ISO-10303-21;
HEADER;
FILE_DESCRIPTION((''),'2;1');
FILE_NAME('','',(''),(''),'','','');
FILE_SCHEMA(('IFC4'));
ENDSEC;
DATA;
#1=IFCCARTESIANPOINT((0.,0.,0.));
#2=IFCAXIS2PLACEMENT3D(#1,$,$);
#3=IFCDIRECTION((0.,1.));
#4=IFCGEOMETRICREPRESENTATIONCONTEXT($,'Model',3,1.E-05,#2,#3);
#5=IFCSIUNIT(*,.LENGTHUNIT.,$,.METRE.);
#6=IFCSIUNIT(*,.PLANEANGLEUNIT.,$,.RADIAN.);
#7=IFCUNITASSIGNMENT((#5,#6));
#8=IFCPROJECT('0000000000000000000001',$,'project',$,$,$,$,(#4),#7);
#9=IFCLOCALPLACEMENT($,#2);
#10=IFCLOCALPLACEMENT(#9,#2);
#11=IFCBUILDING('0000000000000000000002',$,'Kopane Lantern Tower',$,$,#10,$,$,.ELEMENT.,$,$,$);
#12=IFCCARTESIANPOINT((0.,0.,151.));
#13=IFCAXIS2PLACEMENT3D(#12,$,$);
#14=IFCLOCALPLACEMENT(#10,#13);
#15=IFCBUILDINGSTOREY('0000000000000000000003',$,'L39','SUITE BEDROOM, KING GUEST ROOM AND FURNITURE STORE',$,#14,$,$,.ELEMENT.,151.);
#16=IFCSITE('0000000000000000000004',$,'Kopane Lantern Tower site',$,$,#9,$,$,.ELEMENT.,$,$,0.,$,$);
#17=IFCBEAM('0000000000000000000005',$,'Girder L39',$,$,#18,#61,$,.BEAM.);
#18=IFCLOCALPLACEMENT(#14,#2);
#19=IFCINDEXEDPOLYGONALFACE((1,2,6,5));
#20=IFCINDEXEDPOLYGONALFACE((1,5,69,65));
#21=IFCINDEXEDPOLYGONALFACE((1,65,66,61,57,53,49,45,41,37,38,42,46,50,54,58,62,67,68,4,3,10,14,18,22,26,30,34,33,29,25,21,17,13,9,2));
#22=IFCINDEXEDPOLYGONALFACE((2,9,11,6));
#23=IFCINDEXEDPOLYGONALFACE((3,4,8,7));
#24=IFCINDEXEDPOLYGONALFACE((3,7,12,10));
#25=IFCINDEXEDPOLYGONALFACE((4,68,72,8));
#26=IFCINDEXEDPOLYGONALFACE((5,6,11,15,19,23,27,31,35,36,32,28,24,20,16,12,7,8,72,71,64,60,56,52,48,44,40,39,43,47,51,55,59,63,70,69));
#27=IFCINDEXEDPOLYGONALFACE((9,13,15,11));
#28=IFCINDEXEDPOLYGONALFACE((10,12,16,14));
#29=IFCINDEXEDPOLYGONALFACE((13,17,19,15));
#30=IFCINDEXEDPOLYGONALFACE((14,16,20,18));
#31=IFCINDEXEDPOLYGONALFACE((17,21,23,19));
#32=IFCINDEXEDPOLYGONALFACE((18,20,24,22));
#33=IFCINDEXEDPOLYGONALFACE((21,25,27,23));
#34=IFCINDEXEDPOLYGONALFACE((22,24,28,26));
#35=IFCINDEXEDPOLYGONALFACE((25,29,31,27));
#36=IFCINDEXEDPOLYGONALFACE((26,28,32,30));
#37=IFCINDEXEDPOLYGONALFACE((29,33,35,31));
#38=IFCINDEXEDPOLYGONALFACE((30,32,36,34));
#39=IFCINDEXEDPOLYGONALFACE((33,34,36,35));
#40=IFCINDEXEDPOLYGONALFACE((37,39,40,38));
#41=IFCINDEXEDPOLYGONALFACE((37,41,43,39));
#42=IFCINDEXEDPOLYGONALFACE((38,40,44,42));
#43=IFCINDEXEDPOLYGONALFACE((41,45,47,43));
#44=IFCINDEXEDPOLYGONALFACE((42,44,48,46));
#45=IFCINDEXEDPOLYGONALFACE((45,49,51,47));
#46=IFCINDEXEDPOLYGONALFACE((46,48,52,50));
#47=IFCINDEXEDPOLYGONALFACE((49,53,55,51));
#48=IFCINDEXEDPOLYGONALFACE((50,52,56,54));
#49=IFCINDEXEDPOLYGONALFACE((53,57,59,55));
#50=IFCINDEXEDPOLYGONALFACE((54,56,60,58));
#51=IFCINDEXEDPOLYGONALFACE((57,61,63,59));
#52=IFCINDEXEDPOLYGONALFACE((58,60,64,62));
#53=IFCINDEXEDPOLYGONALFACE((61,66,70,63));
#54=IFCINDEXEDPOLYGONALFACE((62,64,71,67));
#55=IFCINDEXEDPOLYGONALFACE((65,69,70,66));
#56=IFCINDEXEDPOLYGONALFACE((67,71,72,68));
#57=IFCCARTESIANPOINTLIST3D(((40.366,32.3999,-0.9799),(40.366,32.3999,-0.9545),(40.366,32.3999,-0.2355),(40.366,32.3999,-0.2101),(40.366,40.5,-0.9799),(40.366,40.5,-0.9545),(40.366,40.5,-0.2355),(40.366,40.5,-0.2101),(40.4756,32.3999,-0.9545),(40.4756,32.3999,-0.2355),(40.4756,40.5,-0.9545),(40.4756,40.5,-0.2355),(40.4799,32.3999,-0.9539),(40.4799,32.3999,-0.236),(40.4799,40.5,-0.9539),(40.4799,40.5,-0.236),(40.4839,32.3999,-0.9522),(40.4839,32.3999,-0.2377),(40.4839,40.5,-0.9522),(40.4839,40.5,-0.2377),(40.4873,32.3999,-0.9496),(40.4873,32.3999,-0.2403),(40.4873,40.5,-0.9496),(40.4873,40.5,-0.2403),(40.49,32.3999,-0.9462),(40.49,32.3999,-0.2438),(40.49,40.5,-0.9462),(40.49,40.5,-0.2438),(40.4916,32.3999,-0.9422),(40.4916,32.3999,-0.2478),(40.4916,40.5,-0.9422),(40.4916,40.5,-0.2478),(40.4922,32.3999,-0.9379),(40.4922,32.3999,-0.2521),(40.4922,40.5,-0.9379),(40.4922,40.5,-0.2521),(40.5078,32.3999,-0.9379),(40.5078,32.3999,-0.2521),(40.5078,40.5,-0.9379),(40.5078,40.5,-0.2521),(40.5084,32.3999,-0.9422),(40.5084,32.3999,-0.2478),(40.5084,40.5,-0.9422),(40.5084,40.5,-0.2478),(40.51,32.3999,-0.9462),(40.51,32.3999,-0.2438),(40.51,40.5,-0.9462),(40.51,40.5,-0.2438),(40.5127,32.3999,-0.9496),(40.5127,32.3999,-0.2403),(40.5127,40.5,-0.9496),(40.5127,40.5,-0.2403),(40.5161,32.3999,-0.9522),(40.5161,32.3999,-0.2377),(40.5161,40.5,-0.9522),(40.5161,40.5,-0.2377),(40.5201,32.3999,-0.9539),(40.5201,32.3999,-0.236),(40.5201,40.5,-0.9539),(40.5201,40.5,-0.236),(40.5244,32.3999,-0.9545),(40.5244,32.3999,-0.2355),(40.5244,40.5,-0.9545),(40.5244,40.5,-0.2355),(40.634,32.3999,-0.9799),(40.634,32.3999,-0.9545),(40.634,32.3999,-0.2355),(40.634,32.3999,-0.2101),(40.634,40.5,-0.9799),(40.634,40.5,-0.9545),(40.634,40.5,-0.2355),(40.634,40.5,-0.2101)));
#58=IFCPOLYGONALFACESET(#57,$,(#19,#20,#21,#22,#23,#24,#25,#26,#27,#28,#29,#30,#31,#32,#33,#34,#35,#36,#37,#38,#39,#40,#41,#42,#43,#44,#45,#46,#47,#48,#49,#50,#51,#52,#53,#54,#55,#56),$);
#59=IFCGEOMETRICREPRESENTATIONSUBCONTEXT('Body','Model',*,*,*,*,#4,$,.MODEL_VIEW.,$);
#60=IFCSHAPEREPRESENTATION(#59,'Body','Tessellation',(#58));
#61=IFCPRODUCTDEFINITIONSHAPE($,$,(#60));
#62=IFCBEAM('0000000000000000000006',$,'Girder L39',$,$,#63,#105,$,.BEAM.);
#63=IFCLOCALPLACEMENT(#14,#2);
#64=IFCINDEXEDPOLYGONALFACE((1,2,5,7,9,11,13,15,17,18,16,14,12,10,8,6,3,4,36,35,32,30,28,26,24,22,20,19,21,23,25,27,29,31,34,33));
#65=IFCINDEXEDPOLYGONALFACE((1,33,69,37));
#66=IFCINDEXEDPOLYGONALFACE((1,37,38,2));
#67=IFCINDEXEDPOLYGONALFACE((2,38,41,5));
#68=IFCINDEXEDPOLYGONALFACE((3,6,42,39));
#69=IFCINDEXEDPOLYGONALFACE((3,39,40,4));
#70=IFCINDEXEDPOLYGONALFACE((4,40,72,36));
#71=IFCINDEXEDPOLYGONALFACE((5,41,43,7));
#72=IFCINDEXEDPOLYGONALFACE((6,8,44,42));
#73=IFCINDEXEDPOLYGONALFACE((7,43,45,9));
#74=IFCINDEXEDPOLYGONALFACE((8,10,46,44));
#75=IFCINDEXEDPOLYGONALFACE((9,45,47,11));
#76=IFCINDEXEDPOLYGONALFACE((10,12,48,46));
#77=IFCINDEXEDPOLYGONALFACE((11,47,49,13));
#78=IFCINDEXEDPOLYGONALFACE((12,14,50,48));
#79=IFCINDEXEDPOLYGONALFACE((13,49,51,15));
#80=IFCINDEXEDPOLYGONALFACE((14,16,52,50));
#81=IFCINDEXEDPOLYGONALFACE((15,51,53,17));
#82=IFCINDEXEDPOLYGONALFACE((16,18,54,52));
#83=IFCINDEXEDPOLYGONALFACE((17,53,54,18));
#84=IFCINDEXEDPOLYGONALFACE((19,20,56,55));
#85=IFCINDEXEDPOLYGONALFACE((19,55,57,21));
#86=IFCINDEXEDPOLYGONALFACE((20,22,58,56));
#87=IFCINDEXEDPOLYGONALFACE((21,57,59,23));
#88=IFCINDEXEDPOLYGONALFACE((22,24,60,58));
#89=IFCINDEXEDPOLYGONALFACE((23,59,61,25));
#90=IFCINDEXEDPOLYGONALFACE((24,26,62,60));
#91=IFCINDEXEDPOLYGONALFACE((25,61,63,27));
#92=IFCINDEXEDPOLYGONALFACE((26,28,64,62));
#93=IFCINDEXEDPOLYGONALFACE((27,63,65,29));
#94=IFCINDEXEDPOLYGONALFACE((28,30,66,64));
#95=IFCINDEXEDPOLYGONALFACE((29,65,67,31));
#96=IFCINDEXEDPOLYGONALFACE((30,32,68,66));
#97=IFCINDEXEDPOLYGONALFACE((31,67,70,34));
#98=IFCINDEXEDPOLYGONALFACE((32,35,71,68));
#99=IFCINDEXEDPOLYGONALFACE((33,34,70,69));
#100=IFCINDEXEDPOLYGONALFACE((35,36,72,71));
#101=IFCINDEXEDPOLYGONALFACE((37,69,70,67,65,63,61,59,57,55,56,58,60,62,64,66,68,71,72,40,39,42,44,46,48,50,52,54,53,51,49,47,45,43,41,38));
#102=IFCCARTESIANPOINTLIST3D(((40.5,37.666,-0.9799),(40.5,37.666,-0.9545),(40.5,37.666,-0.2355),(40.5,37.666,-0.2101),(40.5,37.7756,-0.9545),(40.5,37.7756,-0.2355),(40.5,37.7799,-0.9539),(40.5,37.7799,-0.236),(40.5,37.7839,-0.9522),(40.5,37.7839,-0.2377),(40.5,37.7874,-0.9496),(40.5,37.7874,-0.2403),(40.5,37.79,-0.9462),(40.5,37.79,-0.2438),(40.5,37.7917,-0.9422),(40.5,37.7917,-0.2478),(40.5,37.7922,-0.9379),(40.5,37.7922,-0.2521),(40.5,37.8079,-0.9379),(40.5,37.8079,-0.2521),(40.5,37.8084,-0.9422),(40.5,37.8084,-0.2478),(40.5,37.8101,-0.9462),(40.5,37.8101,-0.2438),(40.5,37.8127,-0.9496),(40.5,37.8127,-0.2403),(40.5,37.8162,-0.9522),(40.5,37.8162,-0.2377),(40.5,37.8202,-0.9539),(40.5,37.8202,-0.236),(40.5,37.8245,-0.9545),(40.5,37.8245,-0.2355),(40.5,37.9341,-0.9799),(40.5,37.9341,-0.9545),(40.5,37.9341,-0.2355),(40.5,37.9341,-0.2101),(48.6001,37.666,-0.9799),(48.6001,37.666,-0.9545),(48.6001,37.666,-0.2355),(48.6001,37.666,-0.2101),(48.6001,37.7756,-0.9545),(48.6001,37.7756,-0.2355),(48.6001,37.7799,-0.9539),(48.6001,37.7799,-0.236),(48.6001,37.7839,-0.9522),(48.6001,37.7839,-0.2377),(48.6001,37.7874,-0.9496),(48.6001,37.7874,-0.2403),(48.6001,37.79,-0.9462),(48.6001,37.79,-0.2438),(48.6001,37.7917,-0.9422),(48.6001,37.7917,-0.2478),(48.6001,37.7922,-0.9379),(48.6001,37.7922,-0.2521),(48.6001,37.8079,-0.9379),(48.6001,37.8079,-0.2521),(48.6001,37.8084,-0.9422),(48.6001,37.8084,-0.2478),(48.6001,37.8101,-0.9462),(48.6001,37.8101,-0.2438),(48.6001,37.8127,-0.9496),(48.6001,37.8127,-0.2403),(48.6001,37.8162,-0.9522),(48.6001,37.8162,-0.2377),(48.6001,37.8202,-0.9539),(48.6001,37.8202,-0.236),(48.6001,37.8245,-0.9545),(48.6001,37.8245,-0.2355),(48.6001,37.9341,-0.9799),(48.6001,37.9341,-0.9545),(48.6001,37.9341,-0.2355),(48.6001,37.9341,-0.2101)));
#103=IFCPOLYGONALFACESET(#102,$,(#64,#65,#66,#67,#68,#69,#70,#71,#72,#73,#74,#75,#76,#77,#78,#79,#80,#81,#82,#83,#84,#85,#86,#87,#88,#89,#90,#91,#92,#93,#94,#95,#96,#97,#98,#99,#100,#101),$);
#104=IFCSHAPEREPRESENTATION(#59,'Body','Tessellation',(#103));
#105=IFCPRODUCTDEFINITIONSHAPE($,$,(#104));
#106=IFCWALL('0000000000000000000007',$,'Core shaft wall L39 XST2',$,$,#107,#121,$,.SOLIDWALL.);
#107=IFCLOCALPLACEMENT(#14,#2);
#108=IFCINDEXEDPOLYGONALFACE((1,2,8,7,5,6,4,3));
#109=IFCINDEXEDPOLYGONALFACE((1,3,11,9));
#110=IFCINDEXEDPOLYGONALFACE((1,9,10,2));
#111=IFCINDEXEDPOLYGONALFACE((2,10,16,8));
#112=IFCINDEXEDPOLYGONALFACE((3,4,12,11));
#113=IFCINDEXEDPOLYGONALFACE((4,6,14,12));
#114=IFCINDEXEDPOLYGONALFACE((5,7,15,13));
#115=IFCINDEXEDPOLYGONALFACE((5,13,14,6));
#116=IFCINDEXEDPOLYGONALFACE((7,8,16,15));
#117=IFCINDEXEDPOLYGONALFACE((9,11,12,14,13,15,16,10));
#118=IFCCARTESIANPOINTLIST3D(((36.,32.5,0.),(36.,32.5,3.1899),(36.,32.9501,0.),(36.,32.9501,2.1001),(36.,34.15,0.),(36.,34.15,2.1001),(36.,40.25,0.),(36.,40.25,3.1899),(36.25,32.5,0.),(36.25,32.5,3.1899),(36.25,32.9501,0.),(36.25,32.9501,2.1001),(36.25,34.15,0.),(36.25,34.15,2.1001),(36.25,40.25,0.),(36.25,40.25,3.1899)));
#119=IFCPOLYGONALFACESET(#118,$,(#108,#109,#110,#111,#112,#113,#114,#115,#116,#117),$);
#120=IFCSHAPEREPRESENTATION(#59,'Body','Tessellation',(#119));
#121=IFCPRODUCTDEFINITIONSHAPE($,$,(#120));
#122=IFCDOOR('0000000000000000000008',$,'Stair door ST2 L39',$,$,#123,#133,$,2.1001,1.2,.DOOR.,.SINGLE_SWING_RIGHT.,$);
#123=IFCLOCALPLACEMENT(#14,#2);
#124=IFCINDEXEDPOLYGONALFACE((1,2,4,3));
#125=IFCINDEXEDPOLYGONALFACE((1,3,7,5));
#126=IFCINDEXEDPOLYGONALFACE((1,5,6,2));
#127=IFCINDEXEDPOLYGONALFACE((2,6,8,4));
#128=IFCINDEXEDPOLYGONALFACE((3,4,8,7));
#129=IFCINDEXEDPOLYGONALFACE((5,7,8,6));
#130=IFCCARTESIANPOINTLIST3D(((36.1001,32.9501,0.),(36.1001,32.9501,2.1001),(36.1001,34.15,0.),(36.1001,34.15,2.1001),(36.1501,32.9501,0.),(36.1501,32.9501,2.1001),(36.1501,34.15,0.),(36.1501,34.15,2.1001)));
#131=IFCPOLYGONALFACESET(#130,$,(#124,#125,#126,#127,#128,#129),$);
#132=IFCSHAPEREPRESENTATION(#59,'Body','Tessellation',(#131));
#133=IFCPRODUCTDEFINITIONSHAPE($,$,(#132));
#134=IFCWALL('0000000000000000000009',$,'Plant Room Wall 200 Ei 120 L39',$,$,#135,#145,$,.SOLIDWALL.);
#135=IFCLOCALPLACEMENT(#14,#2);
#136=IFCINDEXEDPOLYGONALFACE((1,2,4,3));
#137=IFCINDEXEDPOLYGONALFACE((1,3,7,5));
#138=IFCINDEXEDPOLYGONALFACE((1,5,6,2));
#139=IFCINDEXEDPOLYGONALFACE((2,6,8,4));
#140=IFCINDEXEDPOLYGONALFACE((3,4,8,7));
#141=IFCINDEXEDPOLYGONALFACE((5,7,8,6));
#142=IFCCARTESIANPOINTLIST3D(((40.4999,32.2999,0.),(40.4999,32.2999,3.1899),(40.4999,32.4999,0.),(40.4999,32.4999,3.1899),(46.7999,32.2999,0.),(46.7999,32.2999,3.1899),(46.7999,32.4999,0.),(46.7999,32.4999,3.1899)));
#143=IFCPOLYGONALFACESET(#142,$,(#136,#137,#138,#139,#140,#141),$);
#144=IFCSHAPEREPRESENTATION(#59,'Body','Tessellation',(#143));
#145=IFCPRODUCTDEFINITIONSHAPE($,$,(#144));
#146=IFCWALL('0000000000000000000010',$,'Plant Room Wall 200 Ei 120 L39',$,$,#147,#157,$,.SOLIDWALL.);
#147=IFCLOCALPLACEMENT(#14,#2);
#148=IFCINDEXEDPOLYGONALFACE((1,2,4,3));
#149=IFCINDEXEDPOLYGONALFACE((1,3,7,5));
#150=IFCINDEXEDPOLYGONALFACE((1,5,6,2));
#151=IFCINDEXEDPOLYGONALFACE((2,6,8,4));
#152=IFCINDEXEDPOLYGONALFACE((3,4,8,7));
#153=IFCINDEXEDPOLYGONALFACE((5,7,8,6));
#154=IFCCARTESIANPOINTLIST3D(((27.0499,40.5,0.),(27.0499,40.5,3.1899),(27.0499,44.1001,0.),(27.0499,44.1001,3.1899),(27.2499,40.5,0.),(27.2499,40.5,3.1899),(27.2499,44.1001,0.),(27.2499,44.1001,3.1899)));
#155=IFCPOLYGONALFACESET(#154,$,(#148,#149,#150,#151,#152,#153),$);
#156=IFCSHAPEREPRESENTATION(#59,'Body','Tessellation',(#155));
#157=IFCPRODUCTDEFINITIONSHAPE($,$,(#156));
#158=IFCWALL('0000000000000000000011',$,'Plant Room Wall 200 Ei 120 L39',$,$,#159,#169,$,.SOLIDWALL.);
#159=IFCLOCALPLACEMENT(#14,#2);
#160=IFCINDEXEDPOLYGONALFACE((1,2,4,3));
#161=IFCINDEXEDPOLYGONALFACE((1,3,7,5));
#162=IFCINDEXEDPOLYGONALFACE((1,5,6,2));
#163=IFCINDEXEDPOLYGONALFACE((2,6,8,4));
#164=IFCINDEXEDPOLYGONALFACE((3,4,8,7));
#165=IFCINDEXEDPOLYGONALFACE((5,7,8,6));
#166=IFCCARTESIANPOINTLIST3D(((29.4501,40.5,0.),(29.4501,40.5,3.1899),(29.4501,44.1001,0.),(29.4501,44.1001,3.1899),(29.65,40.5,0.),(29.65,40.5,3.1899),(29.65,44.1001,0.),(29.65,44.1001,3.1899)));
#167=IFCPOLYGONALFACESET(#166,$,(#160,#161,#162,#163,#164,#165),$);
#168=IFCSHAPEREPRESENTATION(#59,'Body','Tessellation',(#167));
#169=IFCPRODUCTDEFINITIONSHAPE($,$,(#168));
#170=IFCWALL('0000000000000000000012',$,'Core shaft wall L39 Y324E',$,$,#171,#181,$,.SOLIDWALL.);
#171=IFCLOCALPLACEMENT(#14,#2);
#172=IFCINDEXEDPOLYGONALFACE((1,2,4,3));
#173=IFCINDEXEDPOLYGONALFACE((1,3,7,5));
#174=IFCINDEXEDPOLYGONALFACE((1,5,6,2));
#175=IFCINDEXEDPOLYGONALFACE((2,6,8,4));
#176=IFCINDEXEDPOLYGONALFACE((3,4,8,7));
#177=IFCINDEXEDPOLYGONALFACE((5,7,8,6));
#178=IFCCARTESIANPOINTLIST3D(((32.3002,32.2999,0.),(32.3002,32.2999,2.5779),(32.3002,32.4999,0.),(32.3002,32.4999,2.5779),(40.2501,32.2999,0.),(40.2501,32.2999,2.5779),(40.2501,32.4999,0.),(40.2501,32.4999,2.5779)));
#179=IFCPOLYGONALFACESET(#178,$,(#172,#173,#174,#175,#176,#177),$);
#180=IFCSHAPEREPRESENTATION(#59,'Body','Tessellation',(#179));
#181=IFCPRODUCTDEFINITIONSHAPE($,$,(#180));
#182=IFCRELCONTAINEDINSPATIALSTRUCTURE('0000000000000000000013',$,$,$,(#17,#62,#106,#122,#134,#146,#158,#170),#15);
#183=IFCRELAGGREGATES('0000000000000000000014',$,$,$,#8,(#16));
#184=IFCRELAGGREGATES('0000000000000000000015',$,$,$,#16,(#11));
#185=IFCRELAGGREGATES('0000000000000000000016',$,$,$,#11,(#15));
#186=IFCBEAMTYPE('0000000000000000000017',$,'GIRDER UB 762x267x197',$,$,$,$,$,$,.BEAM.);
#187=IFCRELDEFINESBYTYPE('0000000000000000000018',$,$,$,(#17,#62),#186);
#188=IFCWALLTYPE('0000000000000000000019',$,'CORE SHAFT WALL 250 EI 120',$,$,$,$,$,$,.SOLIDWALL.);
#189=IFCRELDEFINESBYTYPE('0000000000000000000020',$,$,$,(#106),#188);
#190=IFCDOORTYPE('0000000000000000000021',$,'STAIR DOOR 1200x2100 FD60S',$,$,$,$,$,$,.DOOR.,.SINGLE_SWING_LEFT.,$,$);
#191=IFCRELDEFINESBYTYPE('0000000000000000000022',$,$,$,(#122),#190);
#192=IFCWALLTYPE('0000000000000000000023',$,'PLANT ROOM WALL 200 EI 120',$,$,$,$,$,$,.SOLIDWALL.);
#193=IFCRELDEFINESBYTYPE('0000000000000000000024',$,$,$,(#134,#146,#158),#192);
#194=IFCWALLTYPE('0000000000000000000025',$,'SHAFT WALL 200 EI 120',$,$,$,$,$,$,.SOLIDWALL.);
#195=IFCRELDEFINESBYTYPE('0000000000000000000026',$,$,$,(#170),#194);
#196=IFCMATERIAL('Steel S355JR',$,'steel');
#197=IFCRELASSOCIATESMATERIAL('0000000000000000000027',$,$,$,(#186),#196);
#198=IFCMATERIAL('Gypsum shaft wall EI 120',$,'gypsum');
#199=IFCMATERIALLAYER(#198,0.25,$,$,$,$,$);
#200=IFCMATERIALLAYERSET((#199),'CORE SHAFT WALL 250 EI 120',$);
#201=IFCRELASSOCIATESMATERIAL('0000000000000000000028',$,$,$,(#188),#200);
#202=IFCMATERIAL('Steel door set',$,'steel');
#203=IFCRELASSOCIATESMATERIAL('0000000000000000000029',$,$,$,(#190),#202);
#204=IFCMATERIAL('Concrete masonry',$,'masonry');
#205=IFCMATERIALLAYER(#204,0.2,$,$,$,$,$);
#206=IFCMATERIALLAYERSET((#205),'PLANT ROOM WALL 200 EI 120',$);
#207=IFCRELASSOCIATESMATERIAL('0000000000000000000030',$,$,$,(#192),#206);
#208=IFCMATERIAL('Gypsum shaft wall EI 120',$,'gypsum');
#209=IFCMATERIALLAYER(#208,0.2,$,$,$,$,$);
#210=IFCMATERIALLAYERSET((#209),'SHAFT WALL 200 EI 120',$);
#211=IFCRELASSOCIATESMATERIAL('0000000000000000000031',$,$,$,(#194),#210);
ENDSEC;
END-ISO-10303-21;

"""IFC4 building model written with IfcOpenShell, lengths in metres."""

from ifc_helpers import new_model, si_unit, direction, frame, frame_2d, origin, origin_2d, place, context, subcontext, project, spatial, rectangle, i_section, extrude, material, layer, layer_set, material_profile, profile_set, type_object, element, fill, save


model = new_model("IFC4")

# Units and contexts
model_context = context("Model", 3, precision=1e-05, world=origin(), true_north=direction((0.0, 1.0)))
body_context = subcontext(model_context, "Body", "Model", "MODEL_VIEW")
ifc_project = project(units=[si_unit("LENGTHUNIT", "METRE"), si_unit("PLANEANGLEUNIT", "RADIAN")], contexts=[model_context])

# Site, building, storey
site_placement = place(None, origin())
site = spatial("IfcSite", under=ifc_project, at=site_placement, Name="Kopane Lantern Tower site", CompositionType="ELEMENT", RefElevation=0.0)
building_placement = place(site_placement, origin())
building = spatial("IfcBuilding", under=site, at=building_placement, Name="Kopane Lantern Tower", CompositionType="ELEMENT")
storey_placement = place(building_placement, frame((0.0, 0.0, 151.0)))
storey = spatial("IfcBuildingStorey", under=building, at=storey_placement, Name="L39", Description="SUITE BEDROOM, KING GUEST ROOM AND FURNITURE STORE", CompositionType="ELEMENT", Elevation=151.0)

# Beams
ifc_material_1 = material(Name="Steel S355JR", Category="steel")
ifc_material_profile_1 = material_profile(ifc_material_1, i_section(OverallWidth=0.2681, OverallDepth=0.7698, WebThickness=0.0156, FlangeThickness=0.0254, FilletRadius=0.0166, at=origin_2d()), Name="UB 762x267x197")
ifc_profile_set_1 = profile_set([ifc_material_profile_1], Name="Steel S355JR")
beam_type_1 = type_object("IfcBeamType", Name="GIRDER UB 762x267x197", PredefinedType="BEAM", material=ifc_profile_set_1)
for number, where, z_axis, x_axis, name in (
    (1, (40.5, 32.3999, -0.595), (0.0, 1.0, 0.0), (-1.0, 0.0, 0.0), "Girder L39"),
    (2, (40.5, 37.8, -0.595), (1.0, 0.0, 0.0), (0.0, 1.0, 0.0), "Girder L39"),
):
    element("IfcBeam", number, at=place(storey_placement, frame(where, z_axis=z_axis, x_axis=x_axis)), inside=storey, type_object=beam_type_1, Name=name, PredefinedType="BEAM", context=body_context, shape_type="SweptSolid", body=[
        extrude(i_section(OverallWidth=0.2681, OverallDepth=0.7698, WebThickness=0.0156, FlangeThickness=0.0254, FilletRadius=0.0166, at=origin_2d()), origin(), (0.0, 0.0, 1.0), 8.1001),
    ])

# Wall, opening, door
ifc_material_2 = material(Name="Gypsum shaft wall EI 120", Category="gypsum")
ifc_layer_1 = layer(ifc_material_2, 0.25)
ifc_layer_set_1 = layer_set([ifc_layer_1], Name="CORE SHAFT WALL 250 EI 120")
wall_type_1 = type_object("IfcWallType", Name="CORE SHAFT WALL 250 EI 120", PredefinedType="SOLIDWALL", material=ifc_layer_set_1)
wall_1_placement = place(storey_placement, frame((36.125, 32.5, 0.0), z_axis=(0.0, 0.0, 1.0), x_axis=(0.0, 1.0, 0.0)))
wall_1 = element("IfcWall", 3, at=wall_1_placement, inside=storey, type_object=wall_type_1, Name="Core shaft wall L39 XST2", PredefinedType="SOLIDWALL", context=body_context, shape_type="SweptSolid", body=[
    extrude(rectangle(XDim=7.75, YDim=0.25, at=frame_2d((3.875, 0.0))), origin(), (0.0, 0.0, 1.0), 3.1899),
])
opening_1_placement = place(wall_1_placement, frame((0.45, 0.0, 0.0)))
opening_1 = element("IfcOpeningElement", 4, at=opening_1_placement, cuts=wall_1, PredefinedType="OPENING", context=body_context, shape_type="SweptSolid", body=[
    extrude(rectangle(XDim=1.2, YDim=2.1001, at=frame_2d((0.6001, 1.05))), frame((0.0, 0.135, 0.0), z_axis=(0.0, -1.0, 0.0), x_axis=(1.0, 0.0, 0.0)), (0.0, 0.0, 1.0), 0.27),
])
ifc_material_3 = material(Name="Steel door set", Category="steel")
door_type_1 = type_object("IfcDoorType", Name="STAIR DOOR 1200x2100 FD60S", OperationType="SINGLE_SWING_LEFT", PredefinedType="DOOR", material=ifc_material_3)
door_1_placement = place(opening_1_placement, origin())
door_1 = element("IfcDoor", 5, at=door_1_placement, inside=storey, type_object=door_type_1, Name="Stair door ST2 L39", OperationType="SINGLE_SWING_RIGHT", OverallHeight=2.1001, OverallWidth=1.2, PredefinedType="DOOR", context=body_context, shape_type="SweptSolid", body=[
    extrude(rectangle(XDim=1.2, YDim=2.1001, at=frame_2d((0.6001, 1.05))), frame((0.0, 0.0249, 0.0), z_axis=(0.0, -1.0, 0.0), x_axis=(1.0, 0.0, 0.0)), (0.0, 0.0, 1.0), 0.05),
])
fill(opening_1, door_1)

# Walls
ifc_material_4 = material(Name="Concrete masonry", Category="masonry")
ifc_layer_2 = layer(ifc_material_4, 0.2)
ifc_layer_set_2 = layer_set([ifc_layer_2], Name="PLANT ROOM WALL 200 EI 120")
wall_type_2 = type_object("IfcWallType", Name="PLANT ROOM WALL 200 EI 120", PredefinedType="SOLIDWALL", material=ifc_layer_set_2)
wall_2_placement = place(storey_placement, frame((40.5, 32.3999, 0.0), z_axis=(0.0, 0.0, 1.0), x_axis=(1.0, 0.0, 0.0)))
element("IfcWall", 6, at=wall_2_placement, inside=storey, type_object=wall_type_2, Name="Plant Room Wall 200 Ei 120 L39", PredefinedType="SOLIDWALL", context=body_context, shape_type="SweptSolid", body=[
    extrude(rectangle(XDim=6.3, YDim=0.2, at=frame_2d((3.1499, 0.0))), origin(), (0.0, 0.0, 1.0), 3.1899),
])
for number, where, z_axis, x_axis, name in (
    (7, (27.1499, 40.5, 0.0), (0.0, 0.0, 1.0), (0.0, 1.0, 0.0), "Plant Room Wall 200 Ei 120 L39"),
    (8, (29.55, 40.5, 0.0), (0.0, 0.0, 1.0), (0.0, 1.0, 0.0), "Plant Room Wall 200 Ei 120 L39"),
):
    element("IfcWall", number, at=place(storey_placement, frame(where, z_axis=z_axis, x_axis=x_axis)), inside=storey, type_object=wall_type_2, Name=name, PredefinedType="SOLIDWALL", context=body_context, shape_type="SweptSolid", body=[
        extrude(rectangle(XDim=3.6001, YDim=0.2, at=frame_2d((1.8, 0.0))), origin(), (0.0, 0.0, 1.0), 3.1899),
    ])
ifc_material_5 = material(Name="Gypsum shaft wall EI 120", Category="gypsum")
ifc_layer_3 = layer(ifc_material_5, 0.2)
ifc_layer_set_3 = layer_set([ifc_layer_3], Name="SHAFT WALL 200 EI 120")
wall_type_3 = type_object("IfcWallType", Name="SHAFT WALL 200 EI 120", PredefinedType="SOLIDWALL", material=ifc_layer_set_3)
wall_3_placement = place(storey_placement, frame((32.3, 32.3999, 0.0), z_axis=(0.0, 0.0, 1.0), x_axis=(1.0, 0.0, 0.0)))
element("IfcWall", 9, at=wall_3_placement, inside=storey, type_object=wall_type_3, Name="Core shaft wall L39 Y324E", PredefinedType="SOLIDWALL", context=body_context, shape_type="SweptSolid", body=[
    extrude(rectangle(XDim=7.95, YDim=0.2, at=frame_2d((3.9751, 0.0))), origin(), (0.0, 0.0, 1.0), 2.5779),
])

save(model, "model.ifc")
